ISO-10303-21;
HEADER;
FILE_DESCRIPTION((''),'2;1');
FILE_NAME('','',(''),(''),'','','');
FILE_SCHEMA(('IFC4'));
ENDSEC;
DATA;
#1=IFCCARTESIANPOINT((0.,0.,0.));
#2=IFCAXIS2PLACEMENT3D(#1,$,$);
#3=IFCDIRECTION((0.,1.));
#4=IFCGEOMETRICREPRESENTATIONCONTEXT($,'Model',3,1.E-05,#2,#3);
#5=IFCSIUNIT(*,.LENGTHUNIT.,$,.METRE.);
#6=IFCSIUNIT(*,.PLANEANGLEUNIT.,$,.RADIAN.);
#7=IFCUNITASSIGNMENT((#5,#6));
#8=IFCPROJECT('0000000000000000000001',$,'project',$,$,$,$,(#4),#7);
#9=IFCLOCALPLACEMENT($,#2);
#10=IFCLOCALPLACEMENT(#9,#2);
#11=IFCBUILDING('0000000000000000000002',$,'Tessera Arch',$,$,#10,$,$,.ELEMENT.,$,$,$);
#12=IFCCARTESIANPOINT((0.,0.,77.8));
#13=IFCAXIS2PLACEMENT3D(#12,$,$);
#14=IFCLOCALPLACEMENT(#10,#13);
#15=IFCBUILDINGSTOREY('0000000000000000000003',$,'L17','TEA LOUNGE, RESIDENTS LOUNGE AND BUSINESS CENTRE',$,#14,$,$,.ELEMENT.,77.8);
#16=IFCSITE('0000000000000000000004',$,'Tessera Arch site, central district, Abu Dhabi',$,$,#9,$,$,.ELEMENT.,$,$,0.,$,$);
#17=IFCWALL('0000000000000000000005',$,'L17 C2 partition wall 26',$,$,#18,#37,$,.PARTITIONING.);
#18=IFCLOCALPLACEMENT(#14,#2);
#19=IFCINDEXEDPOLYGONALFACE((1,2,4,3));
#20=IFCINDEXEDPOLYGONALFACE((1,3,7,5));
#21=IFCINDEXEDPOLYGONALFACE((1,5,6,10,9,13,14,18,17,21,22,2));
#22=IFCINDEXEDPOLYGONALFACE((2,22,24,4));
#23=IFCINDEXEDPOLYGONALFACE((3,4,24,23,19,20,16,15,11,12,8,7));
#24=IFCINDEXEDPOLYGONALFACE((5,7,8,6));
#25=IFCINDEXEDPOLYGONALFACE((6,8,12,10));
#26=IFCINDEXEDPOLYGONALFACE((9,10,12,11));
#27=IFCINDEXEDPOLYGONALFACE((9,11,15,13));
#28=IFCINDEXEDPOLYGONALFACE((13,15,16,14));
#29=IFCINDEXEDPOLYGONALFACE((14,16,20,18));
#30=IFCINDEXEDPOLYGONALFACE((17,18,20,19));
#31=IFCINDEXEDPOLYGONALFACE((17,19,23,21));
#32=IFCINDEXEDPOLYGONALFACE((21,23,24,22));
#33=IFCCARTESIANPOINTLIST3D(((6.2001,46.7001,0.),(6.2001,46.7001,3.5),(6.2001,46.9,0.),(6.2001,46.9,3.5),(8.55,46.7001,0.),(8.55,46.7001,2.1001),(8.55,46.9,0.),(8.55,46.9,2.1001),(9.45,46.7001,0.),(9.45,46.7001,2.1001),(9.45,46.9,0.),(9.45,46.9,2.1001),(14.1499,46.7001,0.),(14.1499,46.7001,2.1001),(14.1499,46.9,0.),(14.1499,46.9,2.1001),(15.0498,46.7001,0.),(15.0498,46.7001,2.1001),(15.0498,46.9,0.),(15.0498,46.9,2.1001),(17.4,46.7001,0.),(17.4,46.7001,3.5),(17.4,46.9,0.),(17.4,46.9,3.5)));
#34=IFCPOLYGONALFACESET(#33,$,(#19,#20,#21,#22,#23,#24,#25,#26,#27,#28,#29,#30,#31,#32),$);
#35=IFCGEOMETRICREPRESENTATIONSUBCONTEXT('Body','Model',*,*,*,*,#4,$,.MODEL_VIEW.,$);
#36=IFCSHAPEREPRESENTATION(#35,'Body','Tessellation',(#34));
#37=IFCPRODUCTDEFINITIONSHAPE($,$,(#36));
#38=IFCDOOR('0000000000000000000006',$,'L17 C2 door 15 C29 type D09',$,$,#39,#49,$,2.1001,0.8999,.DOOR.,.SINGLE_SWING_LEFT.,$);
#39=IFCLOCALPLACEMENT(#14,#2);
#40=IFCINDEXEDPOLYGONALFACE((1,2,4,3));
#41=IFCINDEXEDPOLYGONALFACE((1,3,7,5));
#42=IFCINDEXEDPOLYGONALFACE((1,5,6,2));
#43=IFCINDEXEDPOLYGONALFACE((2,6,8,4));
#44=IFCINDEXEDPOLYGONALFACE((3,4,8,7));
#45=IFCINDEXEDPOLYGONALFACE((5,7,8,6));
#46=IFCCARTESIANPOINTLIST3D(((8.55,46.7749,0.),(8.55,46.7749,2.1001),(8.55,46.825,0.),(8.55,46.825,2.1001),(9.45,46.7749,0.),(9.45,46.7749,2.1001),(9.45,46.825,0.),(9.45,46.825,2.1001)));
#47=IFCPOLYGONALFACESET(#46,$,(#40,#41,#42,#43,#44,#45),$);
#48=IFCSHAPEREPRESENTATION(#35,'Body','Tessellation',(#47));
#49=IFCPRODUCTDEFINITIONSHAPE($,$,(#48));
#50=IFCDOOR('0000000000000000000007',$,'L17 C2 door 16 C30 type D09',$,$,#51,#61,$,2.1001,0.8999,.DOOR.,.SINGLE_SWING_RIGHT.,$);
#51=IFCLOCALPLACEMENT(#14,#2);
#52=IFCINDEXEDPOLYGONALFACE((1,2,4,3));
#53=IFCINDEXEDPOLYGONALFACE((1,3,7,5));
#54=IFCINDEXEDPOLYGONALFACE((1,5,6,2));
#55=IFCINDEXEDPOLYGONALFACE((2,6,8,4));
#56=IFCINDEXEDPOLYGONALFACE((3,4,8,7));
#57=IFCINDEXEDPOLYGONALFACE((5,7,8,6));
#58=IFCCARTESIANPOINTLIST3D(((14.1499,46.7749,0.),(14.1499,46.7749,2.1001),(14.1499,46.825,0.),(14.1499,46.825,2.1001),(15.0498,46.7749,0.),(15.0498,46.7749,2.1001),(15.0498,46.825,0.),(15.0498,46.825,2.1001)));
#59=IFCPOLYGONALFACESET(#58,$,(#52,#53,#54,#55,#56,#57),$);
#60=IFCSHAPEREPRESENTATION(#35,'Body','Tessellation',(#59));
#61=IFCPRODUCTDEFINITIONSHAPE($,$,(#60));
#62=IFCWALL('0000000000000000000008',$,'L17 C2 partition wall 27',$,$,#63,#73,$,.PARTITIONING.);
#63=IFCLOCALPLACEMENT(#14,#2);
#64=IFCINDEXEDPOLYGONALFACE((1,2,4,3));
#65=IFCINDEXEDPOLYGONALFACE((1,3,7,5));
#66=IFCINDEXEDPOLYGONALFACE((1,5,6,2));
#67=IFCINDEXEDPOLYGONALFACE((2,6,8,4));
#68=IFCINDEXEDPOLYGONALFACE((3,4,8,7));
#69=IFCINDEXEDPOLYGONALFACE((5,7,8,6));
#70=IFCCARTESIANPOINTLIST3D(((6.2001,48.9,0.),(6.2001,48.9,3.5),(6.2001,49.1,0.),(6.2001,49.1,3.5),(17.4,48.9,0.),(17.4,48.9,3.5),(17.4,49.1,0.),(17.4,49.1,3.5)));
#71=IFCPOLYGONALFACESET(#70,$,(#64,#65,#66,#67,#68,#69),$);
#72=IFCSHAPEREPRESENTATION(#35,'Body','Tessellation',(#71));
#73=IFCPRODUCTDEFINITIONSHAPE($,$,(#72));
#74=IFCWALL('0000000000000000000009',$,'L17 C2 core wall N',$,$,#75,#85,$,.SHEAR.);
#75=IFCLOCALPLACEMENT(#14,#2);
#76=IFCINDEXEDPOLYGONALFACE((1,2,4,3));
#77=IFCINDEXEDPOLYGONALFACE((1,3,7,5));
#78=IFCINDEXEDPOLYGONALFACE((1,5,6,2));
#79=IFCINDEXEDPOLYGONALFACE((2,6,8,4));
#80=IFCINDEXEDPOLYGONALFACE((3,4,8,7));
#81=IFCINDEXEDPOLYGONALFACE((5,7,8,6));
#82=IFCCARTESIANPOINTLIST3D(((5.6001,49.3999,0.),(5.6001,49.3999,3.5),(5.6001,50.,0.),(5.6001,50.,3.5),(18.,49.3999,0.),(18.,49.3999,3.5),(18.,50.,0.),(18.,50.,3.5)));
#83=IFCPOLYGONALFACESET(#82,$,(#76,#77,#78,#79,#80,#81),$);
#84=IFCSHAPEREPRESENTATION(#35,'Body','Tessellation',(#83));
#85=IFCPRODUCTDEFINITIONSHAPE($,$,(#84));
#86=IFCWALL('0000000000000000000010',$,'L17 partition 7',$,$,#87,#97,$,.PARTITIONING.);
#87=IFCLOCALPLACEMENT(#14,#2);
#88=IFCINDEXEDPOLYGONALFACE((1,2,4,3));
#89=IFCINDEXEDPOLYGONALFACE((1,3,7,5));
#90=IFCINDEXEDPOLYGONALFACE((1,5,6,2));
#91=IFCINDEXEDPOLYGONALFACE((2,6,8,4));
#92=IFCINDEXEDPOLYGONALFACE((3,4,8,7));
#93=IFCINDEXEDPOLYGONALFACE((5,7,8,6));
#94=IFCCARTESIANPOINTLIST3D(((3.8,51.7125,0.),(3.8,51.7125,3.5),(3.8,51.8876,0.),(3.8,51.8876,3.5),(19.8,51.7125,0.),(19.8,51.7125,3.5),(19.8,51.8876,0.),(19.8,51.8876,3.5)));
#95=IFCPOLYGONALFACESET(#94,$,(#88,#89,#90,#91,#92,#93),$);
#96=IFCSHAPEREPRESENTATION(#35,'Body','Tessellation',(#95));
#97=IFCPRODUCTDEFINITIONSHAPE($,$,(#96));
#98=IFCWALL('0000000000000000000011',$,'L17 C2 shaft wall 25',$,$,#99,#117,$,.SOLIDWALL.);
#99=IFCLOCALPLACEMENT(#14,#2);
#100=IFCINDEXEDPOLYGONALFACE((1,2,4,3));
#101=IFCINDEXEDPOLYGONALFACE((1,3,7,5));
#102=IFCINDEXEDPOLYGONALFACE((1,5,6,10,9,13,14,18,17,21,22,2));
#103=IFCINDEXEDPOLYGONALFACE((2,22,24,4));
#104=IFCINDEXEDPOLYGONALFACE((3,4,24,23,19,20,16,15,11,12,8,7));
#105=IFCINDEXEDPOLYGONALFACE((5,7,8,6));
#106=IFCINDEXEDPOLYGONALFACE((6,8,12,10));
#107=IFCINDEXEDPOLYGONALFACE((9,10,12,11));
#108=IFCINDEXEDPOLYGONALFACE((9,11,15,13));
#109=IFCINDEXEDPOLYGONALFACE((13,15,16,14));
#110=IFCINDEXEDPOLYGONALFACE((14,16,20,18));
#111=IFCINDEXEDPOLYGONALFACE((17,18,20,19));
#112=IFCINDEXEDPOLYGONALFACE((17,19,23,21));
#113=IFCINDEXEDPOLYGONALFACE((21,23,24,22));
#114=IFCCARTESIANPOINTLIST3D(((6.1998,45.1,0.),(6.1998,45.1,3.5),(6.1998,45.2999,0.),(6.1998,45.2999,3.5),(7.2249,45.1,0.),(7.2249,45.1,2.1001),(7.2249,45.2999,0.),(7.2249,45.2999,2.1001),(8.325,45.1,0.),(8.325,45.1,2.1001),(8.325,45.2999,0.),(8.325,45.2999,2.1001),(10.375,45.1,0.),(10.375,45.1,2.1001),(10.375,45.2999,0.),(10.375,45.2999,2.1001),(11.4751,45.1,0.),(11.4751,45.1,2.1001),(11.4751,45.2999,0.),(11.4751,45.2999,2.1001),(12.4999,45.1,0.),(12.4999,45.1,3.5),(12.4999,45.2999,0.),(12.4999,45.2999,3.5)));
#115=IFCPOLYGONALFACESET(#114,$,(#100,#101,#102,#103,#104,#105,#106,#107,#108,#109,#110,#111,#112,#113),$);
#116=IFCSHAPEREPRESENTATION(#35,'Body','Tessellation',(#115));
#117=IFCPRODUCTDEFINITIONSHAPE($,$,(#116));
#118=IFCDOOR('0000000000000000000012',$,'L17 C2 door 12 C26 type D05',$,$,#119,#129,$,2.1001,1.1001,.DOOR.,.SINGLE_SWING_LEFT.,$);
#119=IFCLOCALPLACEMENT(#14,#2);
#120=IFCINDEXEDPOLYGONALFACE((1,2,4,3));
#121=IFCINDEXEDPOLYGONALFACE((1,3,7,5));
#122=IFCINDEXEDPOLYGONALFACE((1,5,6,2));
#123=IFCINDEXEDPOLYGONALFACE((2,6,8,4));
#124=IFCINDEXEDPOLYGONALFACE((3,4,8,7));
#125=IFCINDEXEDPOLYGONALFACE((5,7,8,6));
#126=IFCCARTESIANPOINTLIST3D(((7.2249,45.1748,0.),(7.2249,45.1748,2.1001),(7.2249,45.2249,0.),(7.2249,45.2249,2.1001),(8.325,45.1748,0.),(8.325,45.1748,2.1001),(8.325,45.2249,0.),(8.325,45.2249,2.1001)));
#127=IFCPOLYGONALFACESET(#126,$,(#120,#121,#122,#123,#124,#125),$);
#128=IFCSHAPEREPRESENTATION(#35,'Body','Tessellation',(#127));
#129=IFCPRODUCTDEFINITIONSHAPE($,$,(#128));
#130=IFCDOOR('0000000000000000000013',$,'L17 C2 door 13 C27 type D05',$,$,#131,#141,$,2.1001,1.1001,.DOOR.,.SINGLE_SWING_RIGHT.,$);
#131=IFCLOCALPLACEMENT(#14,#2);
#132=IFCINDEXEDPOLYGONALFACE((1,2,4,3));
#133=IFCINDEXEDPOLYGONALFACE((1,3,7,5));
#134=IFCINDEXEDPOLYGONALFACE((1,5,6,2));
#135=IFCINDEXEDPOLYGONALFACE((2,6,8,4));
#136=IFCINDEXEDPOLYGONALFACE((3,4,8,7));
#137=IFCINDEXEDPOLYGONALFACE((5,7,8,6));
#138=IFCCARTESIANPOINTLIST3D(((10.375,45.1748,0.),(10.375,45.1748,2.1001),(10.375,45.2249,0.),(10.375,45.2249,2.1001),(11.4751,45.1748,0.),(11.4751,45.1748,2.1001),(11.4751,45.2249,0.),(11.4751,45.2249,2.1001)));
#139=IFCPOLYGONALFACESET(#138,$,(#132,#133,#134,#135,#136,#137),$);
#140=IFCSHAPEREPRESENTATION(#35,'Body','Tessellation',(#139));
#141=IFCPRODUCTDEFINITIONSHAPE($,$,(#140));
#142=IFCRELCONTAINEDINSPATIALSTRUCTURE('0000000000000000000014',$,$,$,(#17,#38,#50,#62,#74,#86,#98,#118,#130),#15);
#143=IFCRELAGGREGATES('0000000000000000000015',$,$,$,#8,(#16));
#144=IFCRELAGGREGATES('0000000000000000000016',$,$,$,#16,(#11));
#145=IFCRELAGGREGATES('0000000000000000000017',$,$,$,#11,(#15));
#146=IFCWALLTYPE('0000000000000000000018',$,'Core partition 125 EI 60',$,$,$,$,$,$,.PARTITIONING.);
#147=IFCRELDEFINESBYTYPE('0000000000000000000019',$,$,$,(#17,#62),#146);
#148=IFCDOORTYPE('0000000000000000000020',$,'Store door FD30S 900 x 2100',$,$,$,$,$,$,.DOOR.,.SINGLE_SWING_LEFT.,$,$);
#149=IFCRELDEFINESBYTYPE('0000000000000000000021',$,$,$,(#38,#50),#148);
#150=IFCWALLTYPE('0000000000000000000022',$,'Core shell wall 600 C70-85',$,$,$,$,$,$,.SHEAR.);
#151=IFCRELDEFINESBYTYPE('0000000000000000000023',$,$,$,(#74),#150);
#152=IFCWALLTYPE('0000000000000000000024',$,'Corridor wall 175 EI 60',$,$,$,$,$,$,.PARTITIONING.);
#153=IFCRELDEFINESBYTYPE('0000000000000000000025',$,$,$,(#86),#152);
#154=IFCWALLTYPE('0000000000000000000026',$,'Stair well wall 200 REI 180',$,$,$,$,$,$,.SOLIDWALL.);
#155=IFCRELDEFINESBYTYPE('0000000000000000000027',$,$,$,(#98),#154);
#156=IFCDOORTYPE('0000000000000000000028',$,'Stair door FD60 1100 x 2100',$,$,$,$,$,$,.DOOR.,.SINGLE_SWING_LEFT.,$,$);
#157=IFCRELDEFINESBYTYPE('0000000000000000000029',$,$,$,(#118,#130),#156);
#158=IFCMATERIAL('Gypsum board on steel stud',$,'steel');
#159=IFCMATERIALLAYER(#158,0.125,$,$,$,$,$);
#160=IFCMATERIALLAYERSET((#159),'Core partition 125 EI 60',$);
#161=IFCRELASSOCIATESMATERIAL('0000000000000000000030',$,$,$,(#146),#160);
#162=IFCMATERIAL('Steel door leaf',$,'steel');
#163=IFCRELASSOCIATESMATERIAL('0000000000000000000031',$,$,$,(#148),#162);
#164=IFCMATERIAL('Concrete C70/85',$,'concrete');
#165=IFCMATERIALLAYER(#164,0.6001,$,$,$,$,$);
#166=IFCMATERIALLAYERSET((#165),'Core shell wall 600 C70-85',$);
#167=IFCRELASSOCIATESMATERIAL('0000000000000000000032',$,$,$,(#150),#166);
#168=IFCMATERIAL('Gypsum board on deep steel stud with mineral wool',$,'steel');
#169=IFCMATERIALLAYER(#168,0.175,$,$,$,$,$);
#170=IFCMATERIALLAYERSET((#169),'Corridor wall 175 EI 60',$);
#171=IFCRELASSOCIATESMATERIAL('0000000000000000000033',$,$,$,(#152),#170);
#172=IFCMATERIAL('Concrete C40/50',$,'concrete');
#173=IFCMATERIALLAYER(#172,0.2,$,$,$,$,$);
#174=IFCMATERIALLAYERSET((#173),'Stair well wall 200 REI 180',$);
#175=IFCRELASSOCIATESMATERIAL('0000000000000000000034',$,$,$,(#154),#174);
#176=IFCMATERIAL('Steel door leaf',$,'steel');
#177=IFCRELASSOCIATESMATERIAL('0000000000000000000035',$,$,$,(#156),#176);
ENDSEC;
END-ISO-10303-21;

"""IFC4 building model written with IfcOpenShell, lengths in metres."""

from ifc_helpers import new_model, si_unit, direction, frame, frame_2d, origin, place, context, subcontext, project, spatial, rectangle, extrude, material, layer, layer_set, type_object, element, fill, save


model = new_model("IFC4")

# Units and contexts
model_context = context("Model", 3, precision=1e-05, world=origin(), true_north=direction((0.0, 1.0)))
body_context = subcontext(model_context, "Body", "Model", "MODEL_VIEW")
ifc_project = project(units=[si_unit("LENGTHUNIT", "METRE"), si_unit("PLANEANGLEUNIT", "RADIAN")], contexts=[model_context])

# Site, building, storey
site_placement = place(None, origin())
site = spatial("IfcSite", under=ifc_project, at=site_placement, Name="Tessera Arch site, central district, Abu Dhabi", CompositionType="ELEMENT", RefElevation=0.0)
building_placement = place(site_placement, origin())
building = spatial("IfcBuilding", under=site, at=building_placement, Name="Tessera Arch", CompositionType="ELEMENT")
storey_placement = place(building_placement, frame((0.0, 0.0, 77.8)))
storey = spatial("IfcBuildingStorey", under=building, at=storey_placement, Name="L17", Description="TEA LOUNGE, RESIDENTS LOUNGE AND BUSINESS CENTRE", CompositionType="ELEMENT", Elevation=77.8)

# Wall, openings, doors
ifc_material_1 = material(Name="Gypsum board on steel stud", Category="steel")
ifc_layer_1 = layer(ifc_material_1, 0.125)
ifc_layer_set_1 = layer_set([ifc_layer_1], Name="Core partition 125 EI 60")
wall_type_1 = type_object("IfcWallType", Name="Core partition 125 EI 60", PredefinedType="PARTITIONING", material=ifc_layer_set_1)
wall_1_placement = place(storey_placement, frame((6.2, 46.8, 0.0), z_axis=(0.0, 0.0, 1.0), x_axis=(1.0, 0.0, 0.0)))
wall_1 = element("IfcWall", 1, at=wall_1_placement, inside=storey, type_object=wall_type_1, Name="L17 C2 partition wall 26", PredefinedType="PARTITIONING", context=body_context, shape_type="SweptSolid", body=[
    extrude(rectangle(XDim=11.2, YDim=0.2, at=frame_2d((5.6001, 0.0))), origin(), (0.0, 0.0, 1.0), 3.5),
])
opening_1_placement = place(wall_1_placement, frame((2.3501, 0.0, 0.0)))
opening_1 = element("IfcOpeningElement", 2, at=opening_1_placement, cuts=wall_1, PredefinedType="OPENING", context=body_context, shape_type="SweptSolid", body=[
    extrude(rectangle(XDim=0.8999, YDim=2.1001, at=frame_2d((0.45, 1.05))), frame((0.0, 0.1099, 0.0), z_axis=(0.0, -1.0, 0.0), x_axis=(1.0, 0.0, 0.0)), (0.0, 0.0, 1.0), 0.22),
])
opening_2_placement = place(wall_1_placement, frame((7.95, 0.0, 0.0)))
opening_2 = element("IfcOpeningElement", 3, at=opening_2_placement, cuts=wall_1, PredefinedType="OPENING", context=body_context, shape_type="SweptSolid", body=[
    extrude(rectangle(XDim=0.8999, YDim=2.1001, at=frame_2d((0.45, 1.05))), frame((0.0, 0.1099, 0.0), z_axis=(0.0, -1.0, 0.0), x_axis=(1.0, 0.0, 0.0)), (0.0, 0.0, 1.0), 0.22),
])
ifc_material_2 = material(Name="Steel door leaf", Category="steel")
door_type_1 = type_object("IfcDoorType", Name="Store door FD30S 900 x 2100", OperationType="SINGLE_SWING_LEFT", PredefinedType="DOOR", material=ifc_material_2)
door_1_placement = place(opening_1_placement, origin())
door_1 = element("IfcDoor", 4, at=door_1_placement, inside=storey, type_object=door_type_1, Name="L17 C2 door 15 C29 type D09", OperationType="SINGLE_SWING_LEFT", OverallHeight=2.1001, OverallWidth=0.8999, PredefinedType="DOOR", context=body_context, shape_type="SweptSolid", body=[
    extrude(rectangle(XDim=0.8999, YDim=2.1001, at=frame_2d((0.45, 1.05))), frame((0.0, 0.0249, 0.0), z_axis=(0.0, -1.0, 0.0), x_axis=(1.0, 0.0, 0.0)), (0.0, 0.0, 1.0), 0.05),
])
fill(opening_1, door_1)
door_2_placement = place(opening_2_placement, origin())
door_2 = element("IfcDoor", 5, at=door_2_placement, inside=storey, type_object=door_type_1, Name="L17 C2 door 16 C30 type D09", OperationType="SINGLE_SWING_RIGHT", OverallHeight=2.1001, OverallWidth=0.8999, PredefinedType="DOOR", context=body_context, shape_type="SweptSolid", body=[
    extrude(rectangle(XDim=0.8999, YDim=2.1001, at=frame_2d((0.45, 1.05))), frame((0.0, 0.0249, 0.0), z_axis=(0.0, -1.0, 0.0), x_axis=(1.0, 0.0, 0.0)), (0.0, 0.0, 1.0), 0.05),
])
fill(opening_2, door_2)

# Walls
wall_2_placement = place(storey_placement, frame((6.2, 49.0, 0.0), z_axis=(0.0, 0.0, 1.0), x_axis=(1.0, 0.0, 0.0)))
element("IfcWall", 6, at=wall_2_placement, inside=storey, type_object=wall_type_1, Name="L17 C2 partition wall 27", PredefinedType="PARTITIONING", context=body_context, shape_type="SweptSolid", body=[
    extrude(rectangle(XDim=11.2, YDim=0.2, at=frame_2d((5.6001, 0.0))), origin(), (0.0, 0.0, 1.0), 3.5),
])
ifc_material_3 = material(Name="Concrete C70/85", Category="concrete")
ifc_layer_2 = layer(ifc_material_3, 0.6001)
ifc_layer_set_2 = layer_set([ifc_layer_2], Name="Core shell wall 600 C70-85")
wall_type_2 = type_object("IfcWallType", Name="Core shell wall 600 C70-85", PredefinedType="SHEAR", material=ifc_layer_set_2)
wall_3_placement = place(storey_placement, frame((5.6001, 49.7, 0.0), z_axis=(0.0, 0.0, 1.0), x_axis=(1.0, 0.0, 0.0)))
element("IfcWall", 7, at=wall_3_placement, inside=storey, type_object=wall_type_2, Name="L17 C2 core wall N", PredefinedType="SHEAR", context=body_context, shape_type="SweptSolid", body=[
    extrude(rectangle(XDim=12.3999, YDim=0.6001, at=frame_2d((6.2, 0.0))), origin(), (0.0, 0.0, 1.0), 3.5),
])
ifc_material_4 = material(Name="Gypsum board on deep steel stud with mineral wool", Category="steel")
ifc_layer_3 = layer(ifc_material_4, 0.175)
ifc_layer_set_3 = layer_set([ifc_layer_3], Name="Corridor wall 175 EI 60")
wall_type_3 = type_object("IfcWallType", Name="Corridor wall 175 EI 60", PredefinedType="PARTITIONING", material=ifc_layer_set_3)
wall_4_placement = place(storey_placement, frame((3.8, 51.8, 0.0), z_axis=(0.0, 0.0, 1.0), x_axis=(1.0, 0.0, 0.0)))
element("IfcWall", 8, at=wall_4_placement, inside=storey, type_object=wall_type_3, Name="L17 partition 7", PredefinedType="PARTITIONING", context=body_context, shape_type="SweptSolid", body=[
    extrude(rectangle(XDim=16.0, YDim=0.175, at=frame_2d((8.0, 0.0))), origin(), (0.0, 0.0, 1.0), 3.5),
])

# Wall, openings, doors
ifc_material_5 = material(Name="Concrete C40/50", Category="concrete")
ifc_layer_4 = layer(ifc_material_5, 0.2)
ifc_layer_set_4 = layer_set([ifc_layer_4], Name="Stair well wall 200 REI 180")
wall_type_4 = type_object("IfcWallType", Name="Stair well wall 200 REI 180", PredefinedType="SOLIDWALL", material=ifc_layer_set_4)
wall_5_placement = place(storey_placement, frame((6.2, 45.2, 0.0), z_axis=(0.0, 0.0, 1.0), x_axis=(1.0, 0.0, 0.0)))
wall_5 = element("IfcWall", 9, at=wall_5_placement, inside=storey, type_object=wall_type_4, Name="L17 C2 shaft wall 25", PredefinedType="SOLIDWALL", context=body_context, shape_type="SweptSolid", body=[
    extrude(rectangle(XDim=6.3, YDim=0.2, at=frame_2d((3.1499, 0.0))), origin(), (0.0, 0.0, 1.0), 3.5),
])
opening_3_placement = place(wall_5_placement, frame((1.0249, 0.0, 0.0)))
opening_3 = element("IfcOpeningElement", 10, at=opening_3_placement, cuts=wall_5, PredefinedType="OPENING", context=body_context, shape_type="SweptSolid", body=[
    extrude(rectangle(XDim=1.1001, YDim=2.1001, at=frame_2d((0.55, 1.05))), frame((0.0, 0.1099, 0.0), z_axis=(0.0, -1.0, 0.0), x_axis=(1.0, 0.0, 0.0)), (0.0, 0.0, 1.0), 0.22),
])
opening_4_placement = place(wall_5_placement, frame((4.175, 0.0, 0.0)))
opening_4 = element("IfcOpeningElement", 11, at=opening_4_placement, cuts=wall_5, PredefinedType="OPENING", context=body_context, shape_type="SweptSolid", body=[
    extrude(rectangle(XDim=1.1001, YDim=2.1001, at=frame_2d((0.55, 1.05))), frame((0.0, 0.1099, 0.0), z_axis=(0.0, -1.0, 0.0), x_axis=(1.0, 0.0, 0.0)), (0.0, 0.0, 1.0), 0.22),
])
ifc_material_6 = material(Name="Steel door leaf", Category="steel")
door_type_2 = type_object("IfcDoorType", Name="Stair door FD60 1100 x 2100", OperationType="SINGLE_SWING_LEFT", PredefinedType="DOOR", material=ifc_material_6)
door_3_placement = place(opening_3_placement, origin())
door_3 = element("IfcDoor", 12, at=door_3_placement, inside=storey, type_object=door_type_2, Name="L17 C2 door 12 C26 type D05", OperationType="SINGLE_SWING_LEFT", OverallHeight=2.1001, OverallWidth=1.1001, PredefinedType="DOOR", context=body_context, shape_type="SweptSolid", body=[
    extrude(rectangle(XDim=1.1001, YDim=2.1001, at=frame_2d((0.55, 1.05))), frame((0.0, 0.0249, 0.0), z_axis=(0.0, -1.0, 0.0), x_axis=(1.0, 0.0, 0.0)), (0.0, 0.0, 1.0), 0.05),
])
fill(opening_3, door_3)
door_4_placement = place(opening_4_placement, origin())
door_4 = element("IfcDoor", 13, at=door_4_placement, inside=storey, type_object=door_type_2, Name="L17 C2 door 13 C27 type D05", OperationType="SINGLE_SWING_RIGHT", OverallHeight=2.1001, OverallWidth=1.1001, PredefinedType="DOOR", context=body_context, shape_type="SweptSolid", body=[
    extrude(rectangle(XDim=1.1001, YDim=2.1001, at=frame_2d((0.55, 1.05))), frame((0.0, 0.0249, 0.0), z_axis=(0.0, -1.0, 0.0), x_axis=(1.0, 0.0, 0.0)), (0.0, 0.0, 1.0), 0.05),
])
fill(opening_4, door_4)

save(model, "model.ifc")
